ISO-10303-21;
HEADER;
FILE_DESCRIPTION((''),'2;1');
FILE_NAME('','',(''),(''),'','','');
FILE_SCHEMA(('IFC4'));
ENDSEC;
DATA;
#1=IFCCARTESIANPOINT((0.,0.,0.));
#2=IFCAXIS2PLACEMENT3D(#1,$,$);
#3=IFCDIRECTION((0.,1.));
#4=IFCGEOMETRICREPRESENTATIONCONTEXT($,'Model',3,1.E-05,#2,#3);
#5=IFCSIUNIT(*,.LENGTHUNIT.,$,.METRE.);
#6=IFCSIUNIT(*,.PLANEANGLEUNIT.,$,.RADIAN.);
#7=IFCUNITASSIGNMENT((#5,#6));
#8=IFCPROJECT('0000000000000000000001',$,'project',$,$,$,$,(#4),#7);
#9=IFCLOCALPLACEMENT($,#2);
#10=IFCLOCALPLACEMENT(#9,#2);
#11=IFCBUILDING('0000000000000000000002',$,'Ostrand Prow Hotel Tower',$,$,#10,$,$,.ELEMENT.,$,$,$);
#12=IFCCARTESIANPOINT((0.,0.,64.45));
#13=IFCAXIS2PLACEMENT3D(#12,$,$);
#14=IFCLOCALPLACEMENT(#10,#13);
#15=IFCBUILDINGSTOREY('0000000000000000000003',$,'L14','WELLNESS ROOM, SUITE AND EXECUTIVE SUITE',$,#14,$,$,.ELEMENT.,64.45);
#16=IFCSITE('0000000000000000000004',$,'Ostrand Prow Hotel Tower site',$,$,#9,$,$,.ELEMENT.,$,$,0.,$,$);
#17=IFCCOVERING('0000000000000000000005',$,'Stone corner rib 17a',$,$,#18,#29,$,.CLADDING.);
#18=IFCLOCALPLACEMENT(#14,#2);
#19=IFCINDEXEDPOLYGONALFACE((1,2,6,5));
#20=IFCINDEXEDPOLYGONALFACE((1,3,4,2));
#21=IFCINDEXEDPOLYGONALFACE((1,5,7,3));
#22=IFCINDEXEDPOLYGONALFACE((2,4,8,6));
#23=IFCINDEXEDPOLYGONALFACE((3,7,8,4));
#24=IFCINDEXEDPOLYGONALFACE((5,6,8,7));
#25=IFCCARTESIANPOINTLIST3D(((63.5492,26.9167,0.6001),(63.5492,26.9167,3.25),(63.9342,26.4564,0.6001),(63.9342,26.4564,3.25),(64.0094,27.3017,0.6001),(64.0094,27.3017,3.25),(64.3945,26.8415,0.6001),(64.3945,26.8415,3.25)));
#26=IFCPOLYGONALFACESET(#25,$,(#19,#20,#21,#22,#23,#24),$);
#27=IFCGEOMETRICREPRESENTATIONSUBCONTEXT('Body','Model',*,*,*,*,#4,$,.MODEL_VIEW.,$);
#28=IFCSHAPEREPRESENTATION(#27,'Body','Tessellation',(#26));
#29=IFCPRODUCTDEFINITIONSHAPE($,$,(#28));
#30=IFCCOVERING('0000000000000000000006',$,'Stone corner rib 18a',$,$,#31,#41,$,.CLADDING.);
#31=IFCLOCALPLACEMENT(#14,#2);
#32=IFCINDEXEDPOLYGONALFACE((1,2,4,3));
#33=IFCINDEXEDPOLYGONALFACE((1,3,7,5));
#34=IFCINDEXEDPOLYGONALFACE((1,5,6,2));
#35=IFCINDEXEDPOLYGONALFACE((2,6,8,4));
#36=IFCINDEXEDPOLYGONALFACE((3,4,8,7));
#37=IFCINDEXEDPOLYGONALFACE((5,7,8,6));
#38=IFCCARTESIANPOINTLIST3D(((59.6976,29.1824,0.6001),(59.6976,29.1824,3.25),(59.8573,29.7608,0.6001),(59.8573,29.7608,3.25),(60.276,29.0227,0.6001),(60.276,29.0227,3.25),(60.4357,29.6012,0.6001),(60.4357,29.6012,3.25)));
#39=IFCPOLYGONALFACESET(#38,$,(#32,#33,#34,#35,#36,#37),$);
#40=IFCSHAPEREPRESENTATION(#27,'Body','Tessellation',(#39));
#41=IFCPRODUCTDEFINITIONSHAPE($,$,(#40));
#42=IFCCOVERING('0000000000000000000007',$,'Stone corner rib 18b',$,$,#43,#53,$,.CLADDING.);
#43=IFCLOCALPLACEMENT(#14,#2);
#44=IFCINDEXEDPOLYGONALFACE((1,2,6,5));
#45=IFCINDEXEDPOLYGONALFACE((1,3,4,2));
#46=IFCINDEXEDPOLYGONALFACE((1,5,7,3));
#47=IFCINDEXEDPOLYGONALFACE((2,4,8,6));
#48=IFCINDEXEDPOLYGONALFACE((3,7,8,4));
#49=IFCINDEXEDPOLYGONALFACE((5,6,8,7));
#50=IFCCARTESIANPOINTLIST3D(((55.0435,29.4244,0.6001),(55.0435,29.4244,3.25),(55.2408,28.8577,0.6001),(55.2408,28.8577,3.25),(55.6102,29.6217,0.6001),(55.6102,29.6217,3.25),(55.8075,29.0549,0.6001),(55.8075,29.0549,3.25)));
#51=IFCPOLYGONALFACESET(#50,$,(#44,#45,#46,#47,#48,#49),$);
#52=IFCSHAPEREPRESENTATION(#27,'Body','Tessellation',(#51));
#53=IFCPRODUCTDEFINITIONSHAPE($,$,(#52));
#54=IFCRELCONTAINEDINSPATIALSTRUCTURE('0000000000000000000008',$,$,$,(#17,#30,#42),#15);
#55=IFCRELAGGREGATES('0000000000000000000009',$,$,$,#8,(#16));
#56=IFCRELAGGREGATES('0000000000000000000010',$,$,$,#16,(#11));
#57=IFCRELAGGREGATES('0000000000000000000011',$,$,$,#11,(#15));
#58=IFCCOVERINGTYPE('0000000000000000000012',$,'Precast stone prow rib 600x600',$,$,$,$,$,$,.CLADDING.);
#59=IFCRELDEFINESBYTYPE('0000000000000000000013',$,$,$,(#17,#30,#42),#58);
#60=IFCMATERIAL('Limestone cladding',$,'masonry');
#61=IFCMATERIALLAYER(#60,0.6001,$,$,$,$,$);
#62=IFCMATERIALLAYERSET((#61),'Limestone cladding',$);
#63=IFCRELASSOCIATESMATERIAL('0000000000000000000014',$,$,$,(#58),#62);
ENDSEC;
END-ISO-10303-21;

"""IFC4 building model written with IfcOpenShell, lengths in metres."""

from ifc_helpers import new_model, si_unit, direction, frame, frame_2d, origin, place, context, subcontext, project, spatial, rectangle, extrude, material, layer, layer_set, type_object, element, save


model = new_model("IFC4")

# Units and contexts
model_context = context("Model", 3, precision=1e-05, world=origin(), true_north=direction((0.0, 1.0)))
body_context = subcontext(model_context, "Body", "Model", "MODEL_VIEW")
ifc_project = project(units=[si_unit("LENGTHUNIT", "METRE"), si_unit("PLANEANGLEUNIT", "RADIAN")], contexts=[model_context])

# Site, building, storey
site_placement = place(None, origin())
site = spatial("IfcSite", under=ifc_project, at=site_placement, Name="Ostrand Prow Hotel Tower site", CompositionType="ELEMENT", RefElevation=0.0)
building_placement = place(site_placement, origin())
building = spatial("IfcBuilding", under=site, at=building_placement, Name="Ostrand Prow Hotel Tower", CompositionType="ELEMENT")
storey_placement = place(building_placement, frame((0.0, 0.0, 64.45)))
storey = spatial("IfcBuildingStorey", under=building, at=storey_placement, Name="L14", Description="WELLNESS ROOM, SUITE AND EXECUTIVE SUITE", CompositionType="ELEMENT", Elevation=64.45)

# Coverings
ifc_material_1 = material(Name="Limestone cladding", Category="masonry")
ifc_layer_1 = layer(ifc_material_1, 0.6001)
ifc_layer_set_1 = layer_set([ifc_layer_1], Name="Limestone cladding")
covering_type = type_object("IfcCoveringType", Name="Precast stone prow rib 600x600", PredefinedType="CLADDING", material=ifc_layer_set_1)
for number, where, z_axis, x_axis, name in (
    (1, (63.7417, 26.6865, 0.6001), (0.0, 0.0, 1.0), (0.766986, 0.641664, 0.0), "Stone corner rib 17a"),
    (2, (59.9868, 29.1025, 0.6001), (0.0, 0.0, 1.0), (0.266112, 0.963942, 0.0), "Stone corner rib 18a"),
    (3, (55.5242, 28.9563, 0.6001), (0.0, 0.0, 1.0), (-0.328773, 0.944409, 0.0), "Stone corner rib 18b"),
):
    element("IfcCovering", number, at=place(storey_placement, frame(where, z_axis=z_axis, x_axis=x_axis)), inside=storey, type_object=covering_type, Name=name, PredefinedType="CLADDING", context=body_context, shape_type="SweptSolid", body=[
        extrude(rectangle(XDim=0.6001, YDim=0.6001, at=frame_2d((0.3, 0.0))), origin(), (0.0, 0.0, 1.0), 2.6499),
    ])

save(model, "model.ifc")
